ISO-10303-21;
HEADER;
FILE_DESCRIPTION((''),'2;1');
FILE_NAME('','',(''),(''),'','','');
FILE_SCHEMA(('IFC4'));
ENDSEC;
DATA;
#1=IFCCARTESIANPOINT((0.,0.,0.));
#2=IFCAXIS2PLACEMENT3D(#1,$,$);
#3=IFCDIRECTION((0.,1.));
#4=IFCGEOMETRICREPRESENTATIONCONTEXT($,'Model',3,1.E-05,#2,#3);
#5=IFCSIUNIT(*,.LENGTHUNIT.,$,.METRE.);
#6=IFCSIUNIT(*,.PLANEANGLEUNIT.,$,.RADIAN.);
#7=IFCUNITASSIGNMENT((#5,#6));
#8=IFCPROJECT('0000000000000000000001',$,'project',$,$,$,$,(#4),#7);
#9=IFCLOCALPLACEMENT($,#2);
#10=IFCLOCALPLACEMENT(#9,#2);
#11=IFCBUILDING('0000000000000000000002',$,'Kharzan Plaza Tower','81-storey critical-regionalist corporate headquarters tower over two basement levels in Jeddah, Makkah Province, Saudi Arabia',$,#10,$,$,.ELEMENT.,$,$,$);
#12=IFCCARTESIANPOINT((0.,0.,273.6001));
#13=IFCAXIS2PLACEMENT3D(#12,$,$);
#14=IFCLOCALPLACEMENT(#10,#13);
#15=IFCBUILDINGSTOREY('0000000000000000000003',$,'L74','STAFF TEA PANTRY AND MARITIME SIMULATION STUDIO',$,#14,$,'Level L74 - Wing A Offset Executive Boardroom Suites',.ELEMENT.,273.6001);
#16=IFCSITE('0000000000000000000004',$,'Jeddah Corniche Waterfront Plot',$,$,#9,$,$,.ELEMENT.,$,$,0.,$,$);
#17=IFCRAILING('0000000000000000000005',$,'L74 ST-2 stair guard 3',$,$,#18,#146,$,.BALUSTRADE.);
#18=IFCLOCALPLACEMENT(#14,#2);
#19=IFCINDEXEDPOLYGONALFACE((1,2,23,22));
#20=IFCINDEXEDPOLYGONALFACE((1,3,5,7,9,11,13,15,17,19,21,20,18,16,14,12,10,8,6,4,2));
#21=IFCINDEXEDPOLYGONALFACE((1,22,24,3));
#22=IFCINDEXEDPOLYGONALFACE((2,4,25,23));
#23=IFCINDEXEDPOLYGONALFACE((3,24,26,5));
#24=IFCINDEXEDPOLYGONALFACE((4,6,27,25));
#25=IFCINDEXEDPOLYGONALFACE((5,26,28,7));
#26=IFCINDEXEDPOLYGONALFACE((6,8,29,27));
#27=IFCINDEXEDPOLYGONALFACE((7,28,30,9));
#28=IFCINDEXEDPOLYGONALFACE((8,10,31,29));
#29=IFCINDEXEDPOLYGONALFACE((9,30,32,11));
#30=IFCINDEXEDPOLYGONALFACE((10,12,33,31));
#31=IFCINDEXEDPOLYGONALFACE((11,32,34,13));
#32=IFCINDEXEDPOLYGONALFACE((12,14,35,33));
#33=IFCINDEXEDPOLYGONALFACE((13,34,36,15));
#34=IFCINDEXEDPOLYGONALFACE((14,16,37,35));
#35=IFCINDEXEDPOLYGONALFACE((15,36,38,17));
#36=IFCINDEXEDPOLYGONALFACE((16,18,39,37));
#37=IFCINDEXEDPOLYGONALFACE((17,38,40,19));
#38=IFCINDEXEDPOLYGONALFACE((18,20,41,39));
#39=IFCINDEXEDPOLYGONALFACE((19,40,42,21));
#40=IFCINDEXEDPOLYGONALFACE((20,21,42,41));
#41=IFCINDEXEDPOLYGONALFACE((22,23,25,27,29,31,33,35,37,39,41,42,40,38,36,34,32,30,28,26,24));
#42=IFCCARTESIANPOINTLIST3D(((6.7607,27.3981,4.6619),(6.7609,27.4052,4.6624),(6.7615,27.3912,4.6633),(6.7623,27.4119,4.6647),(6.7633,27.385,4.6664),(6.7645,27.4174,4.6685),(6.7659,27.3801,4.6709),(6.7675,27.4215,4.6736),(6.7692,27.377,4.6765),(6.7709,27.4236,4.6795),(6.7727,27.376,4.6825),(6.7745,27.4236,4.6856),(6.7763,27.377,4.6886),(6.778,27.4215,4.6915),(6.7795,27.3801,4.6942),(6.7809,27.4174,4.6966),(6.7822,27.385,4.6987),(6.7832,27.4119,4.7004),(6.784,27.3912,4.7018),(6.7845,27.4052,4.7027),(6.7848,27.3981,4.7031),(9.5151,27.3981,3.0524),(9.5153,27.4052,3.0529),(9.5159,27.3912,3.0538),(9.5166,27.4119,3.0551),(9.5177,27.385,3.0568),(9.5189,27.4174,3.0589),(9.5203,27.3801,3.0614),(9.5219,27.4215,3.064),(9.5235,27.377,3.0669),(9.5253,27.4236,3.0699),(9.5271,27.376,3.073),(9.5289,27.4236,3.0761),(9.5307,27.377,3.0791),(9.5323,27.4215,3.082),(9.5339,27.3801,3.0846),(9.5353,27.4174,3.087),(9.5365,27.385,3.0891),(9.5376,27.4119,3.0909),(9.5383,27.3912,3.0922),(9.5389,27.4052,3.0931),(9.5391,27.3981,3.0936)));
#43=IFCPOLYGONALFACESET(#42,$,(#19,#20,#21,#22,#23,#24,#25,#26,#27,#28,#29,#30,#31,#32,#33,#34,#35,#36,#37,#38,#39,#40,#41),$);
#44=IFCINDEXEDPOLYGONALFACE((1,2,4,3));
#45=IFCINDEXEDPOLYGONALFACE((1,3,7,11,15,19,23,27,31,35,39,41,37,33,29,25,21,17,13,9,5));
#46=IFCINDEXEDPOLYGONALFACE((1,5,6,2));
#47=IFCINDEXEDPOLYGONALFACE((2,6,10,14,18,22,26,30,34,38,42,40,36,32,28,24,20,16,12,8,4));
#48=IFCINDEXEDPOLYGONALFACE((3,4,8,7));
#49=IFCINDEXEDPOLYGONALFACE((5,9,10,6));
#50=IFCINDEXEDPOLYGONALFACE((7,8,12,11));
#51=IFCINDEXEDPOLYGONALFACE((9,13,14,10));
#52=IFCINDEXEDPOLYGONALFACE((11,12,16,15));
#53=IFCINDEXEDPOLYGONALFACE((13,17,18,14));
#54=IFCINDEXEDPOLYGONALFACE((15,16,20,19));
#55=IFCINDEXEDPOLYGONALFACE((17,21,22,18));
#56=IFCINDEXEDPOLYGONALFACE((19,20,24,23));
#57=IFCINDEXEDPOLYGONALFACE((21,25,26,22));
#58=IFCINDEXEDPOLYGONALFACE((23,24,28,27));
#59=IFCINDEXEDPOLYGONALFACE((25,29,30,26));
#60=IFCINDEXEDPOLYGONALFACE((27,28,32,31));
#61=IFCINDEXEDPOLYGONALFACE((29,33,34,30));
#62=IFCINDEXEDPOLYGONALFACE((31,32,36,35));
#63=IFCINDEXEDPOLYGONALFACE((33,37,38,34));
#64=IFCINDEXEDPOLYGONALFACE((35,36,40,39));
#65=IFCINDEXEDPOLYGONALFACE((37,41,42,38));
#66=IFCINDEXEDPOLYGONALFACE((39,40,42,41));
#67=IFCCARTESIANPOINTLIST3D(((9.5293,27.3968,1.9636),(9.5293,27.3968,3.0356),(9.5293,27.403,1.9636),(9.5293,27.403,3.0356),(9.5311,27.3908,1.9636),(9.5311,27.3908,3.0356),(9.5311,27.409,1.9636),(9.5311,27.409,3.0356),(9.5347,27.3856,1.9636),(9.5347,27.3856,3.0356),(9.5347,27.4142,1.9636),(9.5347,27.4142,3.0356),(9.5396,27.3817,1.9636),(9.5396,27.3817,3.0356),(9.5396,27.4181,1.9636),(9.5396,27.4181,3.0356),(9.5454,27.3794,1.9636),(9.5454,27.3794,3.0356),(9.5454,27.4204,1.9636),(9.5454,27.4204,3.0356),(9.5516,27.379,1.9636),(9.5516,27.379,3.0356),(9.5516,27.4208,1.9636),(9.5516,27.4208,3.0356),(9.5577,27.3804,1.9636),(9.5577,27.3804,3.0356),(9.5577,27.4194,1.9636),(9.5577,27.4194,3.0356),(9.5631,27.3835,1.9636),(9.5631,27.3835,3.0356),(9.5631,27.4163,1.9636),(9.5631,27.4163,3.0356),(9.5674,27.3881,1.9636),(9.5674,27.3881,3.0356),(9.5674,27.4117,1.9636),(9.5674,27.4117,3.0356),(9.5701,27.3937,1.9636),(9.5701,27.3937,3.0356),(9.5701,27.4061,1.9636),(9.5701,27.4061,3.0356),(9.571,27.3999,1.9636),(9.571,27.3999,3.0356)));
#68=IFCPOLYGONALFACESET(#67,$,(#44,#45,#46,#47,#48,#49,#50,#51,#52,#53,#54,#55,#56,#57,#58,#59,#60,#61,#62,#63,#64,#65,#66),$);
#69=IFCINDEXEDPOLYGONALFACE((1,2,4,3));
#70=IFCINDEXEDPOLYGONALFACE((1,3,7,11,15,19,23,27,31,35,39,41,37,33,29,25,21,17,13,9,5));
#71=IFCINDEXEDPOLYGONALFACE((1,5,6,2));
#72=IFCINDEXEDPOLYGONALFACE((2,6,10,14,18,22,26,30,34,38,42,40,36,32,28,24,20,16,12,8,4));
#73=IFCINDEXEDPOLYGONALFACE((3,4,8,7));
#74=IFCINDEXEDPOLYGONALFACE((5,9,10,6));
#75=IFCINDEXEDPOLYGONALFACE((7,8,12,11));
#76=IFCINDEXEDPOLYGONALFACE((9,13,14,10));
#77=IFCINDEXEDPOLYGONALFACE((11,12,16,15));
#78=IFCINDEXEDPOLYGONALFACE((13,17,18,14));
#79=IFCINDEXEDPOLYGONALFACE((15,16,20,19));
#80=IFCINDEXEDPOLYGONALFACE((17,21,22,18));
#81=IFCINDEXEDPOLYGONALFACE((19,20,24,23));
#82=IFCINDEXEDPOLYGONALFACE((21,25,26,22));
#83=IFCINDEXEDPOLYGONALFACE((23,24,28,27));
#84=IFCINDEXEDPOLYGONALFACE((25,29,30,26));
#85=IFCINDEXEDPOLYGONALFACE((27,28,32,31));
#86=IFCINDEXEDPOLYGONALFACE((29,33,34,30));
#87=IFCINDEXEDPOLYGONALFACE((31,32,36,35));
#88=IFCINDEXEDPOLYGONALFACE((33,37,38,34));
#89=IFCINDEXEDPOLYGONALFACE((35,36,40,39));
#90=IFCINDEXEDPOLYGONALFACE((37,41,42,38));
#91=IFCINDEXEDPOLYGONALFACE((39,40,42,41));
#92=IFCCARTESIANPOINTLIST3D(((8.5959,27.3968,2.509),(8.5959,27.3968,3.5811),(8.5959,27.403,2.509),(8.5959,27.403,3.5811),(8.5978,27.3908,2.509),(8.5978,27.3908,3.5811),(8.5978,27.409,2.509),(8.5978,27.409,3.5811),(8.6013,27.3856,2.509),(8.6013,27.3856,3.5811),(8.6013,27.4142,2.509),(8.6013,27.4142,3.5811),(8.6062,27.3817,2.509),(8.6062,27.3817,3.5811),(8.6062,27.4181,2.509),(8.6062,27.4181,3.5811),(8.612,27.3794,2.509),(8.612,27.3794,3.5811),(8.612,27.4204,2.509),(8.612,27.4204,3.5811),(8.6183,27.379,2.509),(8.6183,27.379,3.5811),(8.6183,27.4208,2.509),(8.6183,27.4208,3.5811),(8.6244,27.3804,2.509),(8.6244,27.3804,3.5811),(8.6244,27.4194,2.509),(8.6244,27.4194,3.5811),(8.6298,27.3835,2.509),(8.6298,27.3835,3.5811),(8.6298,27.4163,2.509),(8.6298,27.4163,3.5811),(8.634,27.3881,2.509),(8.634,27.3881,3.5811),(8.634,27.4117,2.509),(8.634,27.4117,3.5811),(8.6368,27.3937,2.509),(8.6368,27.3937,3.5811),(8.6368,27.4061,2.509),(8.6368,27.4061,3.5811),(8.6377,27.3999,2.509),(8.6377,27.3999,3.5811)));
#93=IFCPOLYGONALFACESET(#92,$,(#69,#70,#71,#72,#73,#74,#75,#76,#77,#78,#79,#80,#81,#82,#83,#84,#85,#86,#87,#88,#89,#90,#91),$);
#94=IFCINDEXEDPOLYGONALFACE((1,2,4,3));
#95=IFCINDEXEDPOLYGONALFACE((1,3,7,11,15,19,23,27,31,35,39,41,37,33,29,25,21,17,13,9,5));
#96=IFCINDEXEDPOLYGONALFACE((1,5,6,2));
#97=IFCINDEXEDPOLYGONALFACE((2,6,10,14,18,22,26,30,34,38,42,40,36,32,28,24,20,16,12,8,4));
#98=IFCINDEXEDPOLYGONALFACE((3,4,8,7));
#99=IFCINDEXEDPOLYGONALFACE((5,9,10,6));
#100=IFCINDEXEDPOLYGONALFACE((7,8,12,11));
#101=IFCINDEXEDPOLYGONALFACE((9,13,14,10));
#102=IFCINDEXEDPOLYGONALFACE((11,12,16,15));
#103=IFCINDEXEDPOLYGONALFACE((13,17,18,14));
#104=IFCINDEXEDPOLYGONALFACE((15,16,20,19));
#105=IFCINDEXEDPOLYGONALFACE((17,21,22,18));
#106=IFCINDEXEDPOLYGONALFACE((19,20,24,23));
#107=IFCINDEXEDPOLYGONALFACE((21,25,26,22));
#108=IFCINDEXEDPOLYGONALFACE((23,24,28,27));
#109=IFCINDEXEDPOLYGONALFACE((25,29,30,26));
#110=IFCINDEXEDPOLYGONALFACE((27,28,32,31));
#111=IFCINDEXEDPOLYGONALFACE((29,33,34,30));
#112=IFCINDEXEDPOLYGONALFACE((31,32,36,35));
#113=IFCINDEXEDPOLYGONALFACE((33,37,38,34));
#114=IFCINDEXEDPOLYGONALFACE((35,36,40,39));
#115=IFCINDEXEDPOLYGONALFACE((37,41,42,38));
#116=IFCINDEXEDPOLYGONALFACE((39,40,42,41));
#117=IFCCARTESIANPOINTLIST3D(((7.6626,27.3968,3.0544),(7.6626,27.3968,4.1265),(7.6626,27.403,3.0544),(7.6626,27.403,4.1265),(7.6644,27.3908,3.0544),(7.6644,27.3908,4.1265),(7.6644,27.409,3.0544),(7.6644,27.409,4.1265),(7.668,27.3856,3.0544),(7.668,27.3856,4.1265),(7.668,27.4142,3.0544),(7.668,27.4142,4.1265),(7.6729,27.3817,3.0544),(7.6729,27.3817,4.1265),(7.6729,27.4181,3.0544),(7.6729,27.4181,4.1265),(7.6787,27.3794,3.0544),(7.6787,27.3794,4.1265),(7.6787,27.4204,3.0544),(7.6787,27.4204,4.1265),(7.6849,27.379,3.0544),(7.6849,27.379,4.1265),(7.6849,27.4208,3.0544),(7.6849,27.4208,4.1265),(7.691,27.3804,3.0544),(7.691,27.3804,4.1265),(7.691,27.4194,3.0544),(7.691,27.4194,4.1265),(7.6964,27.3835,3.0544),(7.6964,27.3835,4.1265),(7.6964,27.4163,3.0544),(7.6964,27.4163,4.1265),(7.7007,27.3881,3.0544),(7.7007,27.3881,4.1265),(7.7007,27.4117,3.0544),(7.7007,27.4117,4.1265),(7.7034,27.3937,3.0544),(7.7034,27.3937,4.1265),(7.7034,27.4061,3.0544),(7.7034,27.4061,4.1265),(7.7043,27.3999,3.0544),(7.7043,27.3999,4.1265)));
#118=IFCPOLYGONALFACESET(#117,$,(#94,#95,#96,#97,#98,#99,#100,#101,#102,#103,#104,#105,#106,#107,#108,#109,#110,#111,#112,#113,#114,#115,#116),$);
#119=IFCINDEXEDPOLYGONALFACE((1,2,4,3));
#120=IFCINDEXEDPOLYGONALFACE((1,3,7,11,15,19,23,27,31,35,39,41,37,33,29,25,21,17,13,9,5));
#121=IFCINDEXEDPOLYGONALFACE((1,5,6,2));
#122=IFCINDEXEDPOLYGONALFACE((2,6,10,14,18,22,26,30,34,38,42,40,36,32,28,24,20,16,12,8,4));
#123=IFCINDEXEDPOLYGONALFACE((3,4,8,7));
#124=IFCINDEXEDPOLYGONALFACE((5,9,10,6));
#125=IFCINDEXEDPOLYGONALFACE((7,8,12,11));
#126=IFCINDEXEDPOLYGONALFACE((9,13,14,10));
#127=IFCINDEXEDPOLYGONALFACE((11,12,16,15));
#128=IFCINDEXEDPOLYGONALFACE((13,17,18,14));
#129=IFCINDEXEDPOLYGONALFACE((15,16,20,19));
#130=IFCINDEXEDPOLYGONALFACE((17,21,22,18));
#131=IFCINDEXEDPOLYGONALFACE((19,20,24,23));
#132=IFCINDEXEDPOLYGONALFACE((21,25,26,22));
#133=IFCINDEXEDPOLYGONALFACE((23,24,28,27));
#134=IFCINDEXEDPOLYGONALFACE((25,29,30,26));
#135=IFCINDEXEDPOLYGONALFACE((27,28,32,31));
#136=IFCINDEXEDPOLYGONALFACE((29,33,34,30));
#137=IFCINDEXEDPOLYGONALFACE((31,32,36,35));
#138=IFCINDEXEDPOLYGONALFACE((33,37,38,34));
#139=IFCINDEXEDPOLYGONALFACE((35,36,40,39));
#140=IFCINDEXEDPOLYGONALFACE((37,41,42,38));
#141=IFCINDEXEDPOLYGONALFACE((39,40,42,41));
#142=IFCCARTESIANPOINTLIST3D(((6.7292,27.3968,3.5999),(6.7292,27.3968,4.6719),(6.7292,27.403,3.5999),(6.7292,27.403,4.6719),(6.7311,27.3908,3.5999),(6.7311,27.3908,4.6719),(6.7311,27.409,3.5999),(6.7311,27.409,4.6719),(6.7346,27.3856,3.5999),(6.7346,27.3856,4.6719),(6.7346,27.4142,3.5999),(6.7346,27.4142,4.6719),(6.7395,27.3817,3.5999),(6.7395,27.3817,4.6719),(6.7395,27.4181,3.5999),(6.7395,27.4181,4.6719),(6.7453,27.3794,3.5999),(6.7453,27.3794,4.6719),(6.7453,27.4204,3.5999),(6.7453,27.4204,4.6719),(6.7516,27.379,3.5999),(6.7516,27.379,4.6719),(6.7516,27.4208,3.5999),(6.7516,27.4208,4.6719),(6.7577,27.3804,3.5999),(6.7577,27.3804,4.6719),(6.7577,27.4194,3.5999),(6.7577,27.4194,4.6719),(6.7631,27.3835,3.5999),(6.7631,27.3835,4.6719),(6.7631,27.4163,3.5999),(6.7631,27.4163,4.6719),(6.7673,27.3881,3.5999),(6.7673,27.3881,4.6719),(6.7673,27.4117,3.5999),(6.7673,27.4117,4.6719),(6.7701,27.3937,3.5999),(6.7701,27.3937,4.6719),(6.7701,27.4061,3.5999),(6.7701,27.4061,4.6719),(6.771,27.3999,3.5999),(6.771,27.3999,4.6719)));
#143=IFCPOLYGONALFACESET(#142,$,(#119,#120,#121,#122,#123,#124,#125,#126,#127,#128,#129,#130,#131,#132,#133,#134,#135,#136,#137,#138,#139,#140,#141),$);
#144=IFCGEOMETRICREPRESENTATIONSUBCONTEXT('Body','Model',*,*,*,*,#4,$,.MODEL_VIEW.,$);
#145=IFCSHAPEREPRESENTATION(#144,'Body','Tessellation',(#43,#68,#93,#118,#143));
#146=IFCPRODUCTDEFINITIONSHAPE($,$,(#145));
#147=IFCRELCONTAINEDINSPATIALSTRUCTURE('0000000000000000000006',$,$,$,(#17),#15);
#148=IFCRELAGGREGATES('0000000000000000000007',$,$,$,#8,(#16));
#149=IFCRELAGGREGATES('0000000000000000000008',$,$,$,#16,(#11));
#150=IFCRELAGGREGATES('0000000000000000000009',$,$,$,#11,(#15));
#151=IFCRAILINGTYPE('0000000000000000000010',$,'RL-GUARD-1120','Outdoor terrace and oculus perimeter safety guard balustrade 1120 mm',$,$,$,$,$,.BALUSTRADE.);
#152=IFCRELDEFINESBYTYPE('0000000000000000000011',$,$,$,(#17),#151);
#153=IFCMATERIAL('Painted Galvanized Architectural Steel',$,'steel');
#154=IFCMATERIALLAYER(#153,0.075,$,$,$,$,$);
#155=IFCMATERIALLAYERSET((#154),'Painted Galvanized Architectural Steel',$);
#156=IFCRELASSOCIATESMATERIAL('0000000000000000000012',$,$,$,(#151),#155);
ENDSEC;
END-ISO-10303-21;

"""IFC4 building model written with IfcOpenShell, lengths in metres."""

from ifc_helpers import new_model, si_unit, direction, frame, origin, origin_2d, place, context, subcontext, project, spatial, circle, extrude, source, transform, mapped, material, layer, layer_set, type_object, element, save


model = new_model("IFC4")

# Units and contexts
model_context = context("Model", 3, precision=1e-05, world=origin(), true_north=direction((0.0, 1.0)))
body_context = subcontext(model_context, "Body", "Model", "MODEL_VIEW")
ifc_project = project(units=[si_unit("LENGTHUNIT", "METRE"), si_unit("PLANEANGLEUNIT", "RADIAN")], contexts=[model_context])

# Site, building, storey
site_placement = place(None, origin())
site = spatial("IfcSite", under=ifc_project, at=site_placement, Name="Jeddah Corniche Waterfront Plot", CompositionType="ELEMENT", RefElevation=0.0)
building_placement = place(site_placement, origin())
building = spatial("IfcBuilding", under=site, at=building_placement, Name="Kharzan Plaza Tower", Description="81-storey critical-regionalist corporate headquarters tower over two basement levels in Jeddah, Makkah Province, Saudi Arabia", CompositionType="ELEMENT")
storey_placement = place(building_placement, frame((0.0, 0.0, 273.6001)))
storey = spatial("IfcBuildingStorey", under=building, at=storey_placement, Name="L74", Description="STAFF TEA PANTRY AND MARITIME SIMULATION STUDIO", LongName="Level L74 - Wing A Offset Executive Boardroom Suites", CompositionType="ELEMENT", Elevation=273.6001)

# Railing
ifc_material_1 = material(Name="Painted Galvanized Architectural Steel", Category="steel")
ifc_layer_1 = layer(ifc_material_1, 0.075)
ifc_layer_set_1 = layer_set([ifc_layer_1], Name="Painted Galvanized Architectural Steel")
railing_type_1 = type_object("IfcRailingType", Name="RL-GUARD-1120", Description="Outdoor terrace and oculus perimeter safety guard balustrade 1120 mm", PredefinedType="BALUSTRADE", material=ifc_layer_set_1)
shared_shape_1 = source(origin(), body_context, "Body", "SweptSolid", [
    extrude(circle(Radius=0.0239, at=origin_2d()), frame((-0.0229, 0.0, 1.1094), z_axis=(-0.863394, 0.0, 0.504531), x_axis=(0.0, -1.0, 0.0)), (0.0, 0.0, 1.0), 3.1902),
    extrude(circle(Radius=0.021, at=origin_2d()), origin(), (0.0, 0.0, 1.0), 1.072),
    extrude(circle(Radius=0.021, at=origin_2d()), frame((-0.9333, 0.0, 0.5454)), (0.0, 0.0, 1.0), 1.072),
    extrude(circle(Radius=0.021, at=origin_2d()), frame((-1.8667, 0.0, 1.0908)), (0.0, 0.0, 1.0), 1.072),
    extrude(circle(Radius=0.021, at=origin_2d()), frame((-2.8, 0.0, 1.6362)), (0.0, 0.0, 1.0), 1.072),
])
railing_1_placement = place(storey_placement, frame((9.55, 27.3999, 1.9636)))
element("IfcRailing", 1, at=railing_1_placement, inside=storey, type_object=railing_type_1, Name="L74 ST-2 stair guard 3", PredefinedType="BALUSTRADE", context=body_context, shape_type="MappedRepresentation", body=[
    mapped(shared_shape_1, transform((0.0, 0.0, 0.0), x_axis=(1.0, 0.0, 0.0), y_axis=(0.0, 1.0, 0.0), z_axis=(0.0, 0.0, 1.0))),
])

save(model, "model.ifc")
